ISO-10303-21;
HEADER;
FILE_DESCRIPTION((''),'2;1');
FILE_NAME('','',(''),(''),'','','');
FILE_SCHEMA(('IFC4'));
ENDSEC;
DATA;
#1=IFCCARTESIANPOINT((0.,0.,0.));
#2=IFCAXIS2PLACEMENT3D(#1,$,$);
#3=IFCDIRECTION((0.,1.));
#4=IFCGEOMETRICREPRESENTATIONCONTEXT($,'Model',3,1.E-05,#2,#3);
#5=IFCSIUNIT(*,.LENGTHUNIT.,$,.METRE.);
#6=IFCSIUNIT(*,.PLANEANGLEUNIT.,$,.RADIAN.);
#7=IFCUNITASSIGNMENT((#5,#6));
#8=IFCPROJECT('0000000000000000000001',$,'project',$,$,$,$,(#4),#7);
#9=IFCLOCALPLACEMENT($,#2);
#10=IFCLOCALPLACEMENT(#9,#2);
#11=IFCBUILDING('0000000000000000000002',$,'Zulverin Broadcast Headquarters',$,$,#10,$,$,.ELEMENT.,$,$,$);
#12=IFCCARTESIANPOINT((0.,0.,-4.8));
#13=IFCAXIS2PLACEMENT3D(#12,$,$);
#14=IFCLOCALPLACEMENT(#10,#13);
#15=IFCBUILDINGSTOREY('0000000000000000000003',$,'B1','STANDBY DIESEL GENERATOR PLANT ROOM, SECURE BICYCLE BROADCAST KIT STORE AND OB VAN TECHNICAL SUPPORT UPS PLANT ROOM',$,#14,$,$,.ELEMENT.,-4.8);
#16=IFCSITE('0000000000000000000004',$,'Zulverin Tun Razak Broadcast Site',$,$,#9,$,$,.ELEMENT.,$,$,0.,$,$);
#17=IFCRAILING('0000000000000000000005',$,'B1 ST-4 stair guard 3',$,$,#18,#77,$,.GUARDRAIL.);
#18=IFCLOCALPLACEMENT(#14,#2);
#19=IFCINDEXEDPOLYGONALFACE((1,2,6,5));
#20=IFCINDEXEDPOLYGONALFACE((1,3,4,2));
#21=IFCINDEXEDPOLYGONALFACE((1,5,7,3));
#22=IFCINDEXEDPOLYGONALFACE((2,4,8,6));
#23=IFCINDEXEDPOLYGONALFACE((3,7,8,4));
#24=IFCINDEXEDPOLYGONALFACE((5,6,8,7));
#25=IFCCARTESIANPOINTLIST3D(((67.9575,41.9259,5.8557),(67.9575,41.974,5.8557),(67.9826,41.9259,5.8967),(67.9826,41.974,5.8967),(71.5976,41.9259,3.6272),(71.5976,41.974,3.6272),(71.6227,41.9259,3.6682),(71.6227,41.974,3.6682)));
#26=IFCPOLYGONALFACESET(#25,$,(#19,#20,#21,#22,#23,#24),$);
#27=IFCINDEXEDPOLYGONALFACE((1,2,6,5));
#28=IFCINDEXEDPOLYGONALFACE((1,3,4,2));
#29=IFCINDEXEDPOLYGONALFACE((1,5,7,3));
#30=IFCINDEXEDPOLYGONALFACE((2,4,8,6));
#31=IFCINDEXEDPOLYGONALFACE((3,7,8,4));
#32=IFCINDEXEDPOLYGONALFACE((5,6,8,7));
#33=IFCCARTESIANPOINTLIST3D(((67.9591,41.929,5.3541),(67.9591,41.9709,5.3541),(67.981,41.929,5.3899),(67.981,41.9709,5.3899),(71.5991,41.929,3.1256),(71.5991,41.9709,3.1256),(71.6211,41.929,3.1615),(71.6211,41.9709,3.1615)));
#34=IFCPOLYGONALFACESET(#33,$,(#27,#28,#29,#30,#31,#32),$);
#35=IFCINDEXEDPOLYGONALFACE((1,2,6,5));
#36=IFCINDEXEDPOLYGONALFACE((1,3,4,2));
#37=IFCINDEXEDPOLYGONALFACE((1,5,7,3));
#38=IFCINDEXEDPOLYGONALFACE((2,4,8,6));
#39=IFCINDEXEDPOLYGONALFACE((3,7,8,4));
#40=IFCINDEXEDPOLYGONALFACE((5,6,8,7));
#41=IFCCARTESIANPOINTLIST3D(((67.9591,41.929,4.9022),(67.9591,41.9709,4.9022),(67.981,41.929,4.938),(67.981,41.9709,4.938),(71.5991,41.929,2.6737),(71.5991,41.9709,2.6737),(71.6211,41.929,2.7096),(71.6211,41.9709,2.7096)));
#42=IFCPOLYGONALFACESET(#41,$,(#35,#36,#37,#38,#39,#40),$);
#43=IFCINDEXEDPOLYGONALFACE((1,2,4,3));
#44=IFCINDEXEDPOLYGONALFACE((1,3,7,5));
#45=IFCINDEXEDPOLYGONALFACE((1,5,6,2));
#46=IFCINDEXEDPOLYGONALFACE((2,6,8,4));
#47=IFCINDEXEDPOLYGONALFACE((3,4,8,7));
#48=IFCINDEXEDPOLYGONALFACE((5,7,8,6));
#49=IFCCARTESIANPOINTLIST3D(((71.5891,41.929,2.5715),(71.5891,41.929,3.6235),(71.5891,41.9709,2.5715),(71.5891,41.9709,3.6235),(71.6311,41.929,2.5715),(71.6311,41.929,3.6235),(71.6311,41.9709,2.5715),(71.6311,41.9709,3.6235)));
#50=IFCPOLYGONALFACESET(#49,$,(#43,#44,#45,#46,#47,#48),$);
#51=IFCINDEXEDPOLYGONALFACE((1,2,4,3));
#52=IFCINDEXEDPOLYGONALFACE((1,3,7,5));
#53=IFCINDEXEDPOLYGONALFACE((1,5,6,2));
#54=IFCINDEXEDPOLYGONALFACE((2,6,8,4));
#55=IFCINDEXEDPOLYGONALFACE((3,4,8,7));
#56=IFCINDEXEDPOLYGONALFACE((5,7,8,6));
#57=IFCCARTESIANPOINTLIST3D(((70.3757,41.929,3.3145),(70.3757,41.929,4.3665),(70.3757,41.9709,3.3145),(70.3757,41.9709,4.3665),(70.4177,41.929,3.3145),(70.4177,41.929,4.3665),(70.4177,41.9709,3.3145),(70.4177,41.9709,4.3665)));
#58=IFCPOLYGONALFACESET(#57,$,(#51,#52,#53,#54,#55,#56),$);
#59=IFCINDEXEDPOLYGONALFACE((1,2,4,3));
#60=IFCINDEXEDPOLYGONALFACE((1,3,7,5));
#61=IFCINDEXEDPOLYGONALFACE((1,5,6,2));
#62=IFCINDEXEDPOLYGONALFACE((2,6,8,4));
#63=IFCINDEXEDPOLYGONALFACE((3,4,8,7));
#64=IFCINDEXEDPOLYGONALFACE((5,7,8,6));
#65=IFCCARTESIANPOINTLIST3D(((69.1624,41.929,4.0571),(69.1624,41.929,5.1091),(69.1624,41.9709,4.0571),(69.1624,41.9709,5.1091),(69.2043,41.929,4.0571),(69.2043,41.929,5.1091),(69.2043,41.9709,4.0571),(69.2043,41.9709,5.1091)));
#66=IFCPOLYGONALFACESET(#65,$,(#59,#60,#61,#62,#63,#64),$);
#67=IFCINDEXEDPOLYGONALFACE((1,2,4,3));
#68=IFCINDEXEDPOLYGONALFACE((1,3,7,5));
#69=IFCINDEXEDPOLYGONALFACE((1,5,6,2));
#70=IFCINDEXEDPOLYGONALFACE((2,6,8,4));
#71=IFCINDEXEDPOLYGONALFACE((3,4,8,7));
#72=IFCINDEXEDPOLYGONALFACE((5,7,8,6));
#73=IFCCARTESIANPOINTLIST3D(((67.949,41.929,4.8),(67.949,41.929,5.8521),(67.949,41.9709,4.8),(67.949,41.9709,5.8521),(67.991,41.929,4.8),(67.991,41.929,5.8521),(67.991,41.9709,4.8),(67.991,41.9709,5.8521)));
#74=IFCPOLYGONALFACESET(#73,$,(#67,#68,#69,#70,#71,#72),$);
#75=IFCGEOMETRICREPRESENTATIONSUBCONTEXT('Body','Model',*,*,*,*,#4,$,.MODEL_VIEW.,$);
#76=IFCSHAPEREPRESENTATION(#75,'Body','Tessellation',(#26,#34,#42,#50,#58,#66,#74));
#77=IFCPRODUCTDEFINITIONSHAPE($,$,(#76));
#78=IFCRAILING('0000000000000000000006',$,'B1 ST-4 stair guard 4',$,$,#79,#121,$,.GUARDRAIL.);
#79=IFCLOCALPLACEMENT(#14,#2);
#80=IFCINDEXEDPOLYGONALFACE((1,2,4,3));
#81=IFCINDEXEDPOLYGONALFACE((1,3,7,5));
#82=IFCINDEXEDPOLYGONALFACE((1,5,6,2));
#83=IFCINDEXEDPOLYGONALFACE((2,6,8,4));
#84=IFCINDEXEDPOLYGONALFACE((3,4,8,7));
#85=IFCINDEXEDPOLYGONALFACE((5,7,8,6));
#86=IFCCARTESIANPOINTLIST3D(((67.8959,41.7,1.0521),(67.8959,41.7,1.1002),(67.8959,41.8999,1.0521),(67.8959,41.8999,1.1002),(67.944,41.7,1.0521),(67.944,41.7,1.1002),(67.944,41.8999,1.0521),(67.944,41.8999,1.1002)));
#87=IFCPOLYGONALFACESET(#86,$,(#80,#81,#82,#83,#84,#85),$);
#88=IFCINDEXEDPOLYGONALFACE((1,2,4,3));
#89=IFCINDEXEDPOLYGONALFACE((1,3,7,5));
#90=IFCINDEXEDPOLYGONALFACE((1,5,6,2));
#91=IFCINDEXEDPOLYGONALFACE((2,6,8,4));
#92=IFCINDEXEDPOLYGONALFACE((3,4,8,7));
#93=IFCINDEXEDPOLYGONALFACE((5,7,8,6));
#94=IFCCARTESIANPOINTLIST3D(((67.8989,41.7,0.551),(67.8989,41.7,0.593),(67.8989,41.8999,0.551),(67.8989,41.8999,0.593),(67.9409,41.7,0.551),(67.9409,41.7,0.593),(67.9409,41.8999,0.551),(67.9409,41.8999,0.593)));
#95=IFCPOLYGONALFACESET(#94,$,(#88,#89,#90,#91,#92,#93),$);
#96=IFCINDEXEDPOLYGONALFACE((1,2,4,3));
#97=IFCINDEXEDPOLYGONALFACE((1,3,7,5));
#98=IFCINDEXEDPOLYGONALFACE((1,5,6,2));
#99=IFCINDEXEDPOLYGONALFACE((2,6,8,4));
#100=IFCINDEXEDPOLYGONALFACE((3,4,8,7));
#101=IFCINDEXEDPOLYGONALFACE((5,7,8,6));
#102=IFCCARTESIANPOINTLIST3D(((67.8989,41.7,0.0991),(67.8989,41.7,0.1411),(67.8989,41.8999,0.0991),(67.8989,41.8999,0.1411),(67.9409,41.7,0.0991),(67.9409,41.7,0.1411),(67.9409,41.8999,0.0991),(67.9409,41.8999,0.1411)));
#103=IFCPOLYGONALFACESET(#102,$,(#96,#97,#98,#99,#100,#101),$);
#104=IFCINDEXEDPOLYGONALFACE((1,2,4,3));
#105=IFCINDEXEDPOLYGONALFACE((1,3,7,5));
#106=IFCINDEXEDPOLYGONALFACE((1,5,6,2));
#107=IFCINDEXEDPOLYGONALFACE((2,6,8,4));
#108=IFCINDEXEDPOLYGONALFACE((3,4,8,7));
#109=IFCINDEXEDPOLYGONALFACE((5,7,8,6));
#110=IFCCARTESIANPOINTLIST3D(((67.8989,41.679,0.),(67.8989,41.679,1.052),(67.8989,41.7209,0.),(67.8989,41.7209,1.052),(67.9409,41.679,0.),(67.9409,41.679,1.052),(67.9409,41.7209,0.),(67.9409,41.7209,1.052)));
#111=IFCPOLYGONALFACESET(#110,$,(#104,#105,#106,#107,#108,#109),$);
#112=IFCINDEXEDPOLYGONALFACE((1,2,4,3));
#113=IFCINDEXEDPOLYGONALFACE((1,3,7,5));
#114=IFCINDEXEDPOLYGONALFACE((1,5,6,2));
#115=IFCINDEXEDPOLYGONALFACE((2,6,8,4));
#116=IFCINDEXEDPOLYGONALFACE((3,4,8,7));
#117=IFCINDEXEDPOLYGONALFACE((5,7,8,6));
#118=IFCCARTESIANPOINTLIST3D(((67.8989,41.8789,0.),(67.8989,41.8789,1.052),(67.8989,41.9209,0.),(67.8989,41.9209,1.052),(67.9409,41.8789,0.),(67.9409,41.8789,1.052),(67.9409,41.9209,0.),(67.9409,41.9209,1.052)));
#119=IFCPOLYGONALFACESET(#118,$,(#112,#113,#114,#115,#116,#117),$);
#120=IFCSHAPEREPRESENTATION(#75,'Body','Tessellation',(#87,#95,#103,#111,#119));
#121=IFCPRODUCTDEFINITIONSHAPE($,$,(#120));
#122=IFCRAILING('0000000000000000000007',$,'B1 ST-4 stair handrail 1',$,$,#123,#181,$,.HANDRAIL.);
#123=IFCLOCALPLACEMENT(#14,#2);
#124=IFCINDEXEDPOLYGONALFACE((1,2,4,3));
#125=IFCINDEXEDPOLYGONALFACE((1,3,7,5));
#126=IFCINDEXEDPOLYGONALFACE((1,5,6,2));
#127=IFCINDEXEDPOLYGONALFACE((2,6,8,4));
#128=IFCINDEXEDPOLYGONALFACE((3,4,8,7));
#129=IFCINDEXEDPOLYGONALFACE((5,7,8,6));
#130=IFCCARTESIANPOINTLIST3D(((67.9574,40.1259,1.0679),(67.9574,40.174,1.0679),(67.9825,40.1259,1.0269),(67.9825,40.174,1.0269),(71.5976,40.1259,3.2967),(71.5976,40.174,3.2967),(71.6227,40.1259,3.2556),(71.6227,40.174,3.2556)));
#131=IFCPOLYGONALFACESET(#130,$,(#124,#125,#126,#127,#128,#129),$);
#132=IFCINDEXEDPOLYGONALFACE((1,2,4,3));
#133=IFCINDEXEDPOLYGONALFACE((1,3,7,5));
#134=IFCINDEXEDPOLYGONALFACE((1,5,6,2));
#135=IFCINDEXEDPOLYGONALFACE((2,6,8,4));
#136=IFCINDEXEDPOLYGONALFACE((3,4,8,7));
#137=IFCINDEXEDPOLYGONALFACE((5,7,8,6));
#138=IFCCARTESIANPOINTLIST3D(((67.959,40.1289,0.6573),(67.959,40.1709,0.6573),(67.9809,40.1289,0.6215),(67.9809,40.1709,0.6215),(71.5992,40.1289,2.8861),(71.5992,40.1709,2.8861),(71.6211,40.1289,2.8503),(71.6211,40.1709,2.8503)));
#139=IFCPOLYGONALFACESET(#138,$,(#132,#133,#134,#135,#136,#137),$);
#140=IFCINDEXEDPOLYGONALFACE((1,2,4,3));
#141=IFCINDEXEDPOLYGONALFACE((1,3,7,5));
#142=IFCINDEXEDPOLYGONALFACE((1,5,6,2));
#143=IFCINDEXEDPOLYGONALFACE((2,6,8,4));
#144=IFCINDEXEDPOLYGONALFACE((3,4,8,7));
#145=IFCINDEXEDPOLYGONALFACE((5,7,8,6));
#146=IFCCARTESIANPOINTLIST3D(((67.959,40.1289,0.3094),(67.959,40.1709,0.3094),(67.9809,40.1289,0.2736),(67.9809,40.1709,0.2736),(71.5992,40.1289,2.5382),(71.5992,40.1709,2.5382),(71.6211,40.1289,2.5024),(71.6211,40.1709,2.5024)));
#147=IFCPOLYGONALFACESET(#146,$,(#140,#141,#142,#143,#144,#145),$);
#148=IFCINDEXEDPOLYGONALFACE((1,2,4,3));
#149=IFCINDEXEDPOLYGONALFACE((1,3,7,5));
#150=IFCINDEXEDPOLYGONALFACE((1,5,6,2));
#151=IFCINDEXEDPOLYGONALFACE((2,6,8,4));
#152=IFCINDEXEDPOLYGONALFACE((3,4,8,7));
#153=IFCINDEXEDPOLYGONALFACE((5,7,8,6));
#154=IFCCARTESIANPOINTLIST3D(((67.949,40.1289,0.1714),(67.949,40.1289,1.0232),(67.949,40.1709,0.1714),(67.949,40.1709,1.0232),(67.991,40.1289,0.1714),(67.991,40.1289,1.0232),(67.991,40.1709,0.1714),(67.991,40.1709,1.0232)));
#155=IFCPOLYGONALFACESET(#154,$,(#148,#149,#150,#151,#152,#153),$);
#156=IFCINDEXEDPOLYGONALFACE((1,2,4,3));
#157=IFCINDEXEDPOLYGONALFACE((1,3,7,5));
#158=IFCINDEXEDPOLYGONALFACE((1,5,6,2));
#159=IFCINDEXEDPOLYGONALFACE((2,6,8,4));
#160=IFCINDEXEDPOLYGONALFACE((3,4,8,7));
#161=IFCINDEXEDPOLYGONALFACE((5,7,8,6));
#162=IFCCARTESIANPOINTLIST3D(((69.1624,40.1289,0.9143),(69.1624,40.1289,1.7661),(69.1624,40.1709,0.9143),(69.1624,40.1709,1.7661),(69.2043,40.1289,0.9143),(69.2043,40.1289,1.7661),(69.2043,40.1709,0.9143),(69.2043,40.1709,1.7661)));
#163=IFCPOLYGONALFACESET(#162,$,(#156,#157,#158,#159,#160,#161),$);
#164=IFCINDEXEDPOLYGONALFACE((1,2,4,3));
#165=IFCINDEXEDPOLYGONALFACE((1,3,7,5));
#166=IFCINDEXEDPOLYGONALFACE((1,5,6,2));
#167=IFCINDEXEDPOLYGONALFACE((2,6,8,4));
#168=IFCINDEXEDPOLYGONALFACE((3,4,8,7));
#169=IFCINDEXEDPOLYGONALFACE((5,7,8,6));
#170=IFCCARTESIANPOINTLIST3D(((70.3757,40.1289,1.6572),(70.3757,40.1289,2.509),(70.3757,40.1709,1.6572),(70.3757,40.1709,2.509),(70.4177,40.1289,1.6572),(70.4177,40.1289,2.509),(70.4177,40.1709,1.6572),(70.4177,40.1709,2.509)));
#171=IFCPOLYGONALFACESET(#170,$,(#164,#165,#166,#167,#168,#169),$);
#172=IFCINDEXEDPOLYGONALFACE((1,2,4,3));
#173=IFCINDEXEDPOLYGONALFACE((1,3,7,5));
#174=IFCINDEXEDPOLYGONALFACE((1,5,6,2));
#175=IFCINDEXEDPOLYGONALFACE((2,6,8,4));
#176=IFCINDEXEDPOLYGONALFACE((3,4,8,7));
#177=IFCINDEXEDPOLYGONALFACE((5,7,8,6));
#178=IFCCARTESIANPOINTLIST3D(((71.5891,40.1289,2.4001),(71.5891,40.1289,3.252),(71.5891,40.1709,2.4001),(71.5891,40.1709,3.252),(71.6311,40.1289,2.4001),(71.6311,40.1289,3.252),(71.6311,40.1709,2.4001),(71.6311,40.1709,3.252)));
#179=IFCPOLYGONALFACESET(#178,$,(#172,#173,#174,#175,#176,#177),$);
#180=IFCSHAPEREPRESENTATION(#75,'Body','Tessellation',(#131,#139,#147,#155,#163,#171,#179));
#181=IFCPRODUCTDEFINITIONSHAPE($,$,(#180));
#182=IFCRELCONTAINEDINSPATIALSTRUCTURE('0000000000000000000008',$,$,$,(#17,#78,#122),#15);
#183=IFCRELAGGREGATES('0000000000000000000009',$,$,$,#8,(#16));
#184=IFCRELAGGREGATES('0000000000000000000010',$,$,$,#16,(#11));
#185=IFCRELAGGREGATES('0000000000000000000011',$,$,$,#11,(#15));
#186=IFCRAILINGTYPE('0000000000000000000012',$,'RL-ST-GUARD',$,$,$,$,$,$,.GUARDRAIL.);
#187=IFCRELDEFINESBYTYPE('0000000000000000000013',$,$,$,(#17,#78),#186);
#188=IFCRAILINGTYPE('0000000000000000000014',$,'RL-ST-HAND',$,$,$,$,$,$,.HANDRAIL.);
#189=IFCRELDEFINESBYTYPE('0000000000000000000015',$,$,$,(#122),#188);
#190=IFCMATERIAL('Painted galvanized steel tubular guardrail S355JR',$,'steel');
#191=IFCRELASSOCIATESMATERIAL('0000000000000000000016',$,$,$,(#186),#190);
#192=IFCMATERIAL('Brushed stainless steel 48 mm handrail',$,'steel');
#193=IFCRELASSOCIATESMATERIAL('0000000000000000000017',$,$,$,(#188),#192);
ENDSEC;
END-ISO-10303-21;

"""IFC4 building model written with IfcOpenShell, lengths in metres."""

from ifc_helpers import new_model, si_unit, direction, frame, origin, origin_2d, place, context, subcontext, project, spatial, rectangle, extrude, material, type_object, element, save


model = new_model("IFC4")

# Units and contexts
model_context = context("Model", 3, precision=1e-05, world=origin(), true_north=direction((0.0, 1.0)))
body_context = subcontext(model_context, "Body", "Model", "MODEL_VIEW")
ifc_project = project(units=[si_unit("LENGTHUNIT", "METRE"), si_unit("PLANEANGLEUNIT", "RADIAN")], contexts=[model_context])

# Site, building, storey
site_placement = place(None, origin())
site = spatial("IfcSite", under=ifc_project, at=site_placement, Name="Zulverin Tun Razak Broadcast Site", CompositionType="ELEMENT", RefElevation=0.0)
building_placement = place(site_placement, origin())
building = spatial("IfcBuilding", under=site, at=building_placement, Name="Zulverin Broadcast Headquarters", CompositionType="ELEMENT")
storey_placement = place(building_placement, frame((0.0, 0.0, -4.8)))
storey = spatial("IfcBuildingStorey", under=building, at=storey_placement, Name="B1", Description="STANDBY DIESEL GENERATOR PLANT ROOM, SECURE BICYCLE BROADCAST KIT STORE AND OB VAN TECHNICAL SUPPORT UPS PLANT ROOM", CompositionType="ELEMENT", Elevation=-4.8)

# Railings
ifc_material_1 = material(Name="Painted galvanized steel tubular guardrail S355JR", Category="steel")
railing_type_1 = type_object("IfcRailingType", Name="RL-ST-GUARD", PredefinedType="GUARDRAIL", material=ifc_material_1)
railing_1_placement = place(storey_placement, frame((71.6101, 41.95, 2.5715)))
element("IfcRailing", 1, at=railing_1_placement, inside=storey, type_object=railing_type_1, Name="B1 ST-4 stair guard 3", PredefinedType="GUARDRAIL", context=body_context, shape_type="SweptSolid", body=[
    extrude(rectangle(XDim=0.0481, YDim=0.0481, at=origin_2d()), frame((0.0, 0.0, 1.0762), z_axis=(-0.852866, 0.0, 0.52213), x_axis=(0.0, -1.0, 0.0)), (0.0, 0.0, 1.0), 4.2681),
    extrude(rectangle(XDim=0.042, YDim=0.042, at=origin_2d()), frame((0.0, 0.0, 0.572), z_axis=(-0.852866, 0.0, 0.52213), x_axis=(0.0, -1.0, 0.0)), (0.0, 0.0, 1.0), 4.2681),
    extrude(rectangle(XDim=0.042, YDim=0.042, at=origin_2d()), frame((0.0, 0.0, 0.1201), z_axis=(-0.852866, 0.0, 0.52213), x_axis=(0.0, -1.0, 0.0)), (0.0, 0.0, 1.0), 4.2681),
    extrude(rectangle(XDim=0.042, YDim=0.042, at=origin_2d()), origin(), (0.0, 0.0, 1.0), 1.052),
    extrude(rectangle(XDim=0.042, YDim=0.042, at=origin_2d()), frame((-1.2134, 0.0, 0.7429)), (0.0, 0.0, 1.0), 1.052),
    extrude(rectangle(XDim=0.042, YDim=0.042, at=origin_2d()), frame((-2.4268, 0.0, 1.4856)), (0.0, 0.0, 1.0), 1.052),
    extrude(rectangle(XDim=0.042, YDim=0.042, at=origin_2d()), frame((-3.6401, 0.0, 2.2285)), (0.0, 0.0, 1.0), 1.052),
])
railing_2_placement = place(storey_placement, frame((67.9199, 41.7, 0.0)))
element("IfcRailing", 2, at=railing_2_placement, inside=storey, type_object=railing_type_1, Name="B1 ST-4 stair guard 4", PredefinedType="GUARDRAIL", context=body_context, shape_type="SweptSolid", body=[
    extrude(rectangle(XDim=0.0481, YDim=0.0481, at=origin_2d()), frame((0.0, 0.0, 1.0762), z_axis=(0.0, 1.0, 0.0), x_axis=(-1.0, 0.0, 0.0)), (0.0, 0.0, 1.0), 0.2),
    extrude(rectangle(XDim=0.042, YDim=0.042, at=origin_2d()), frame((0.0, 0.0, 0.572), z_axis=(0.0, 1.0, 0.0), x_axis=(-1.0, 0.0, 0.0)), (0.0, 0.0, 1.0), 0.2),
    extrude(rectangle(XDim=0.042, YDim=0.042, at=origin_2d()), frame((0.0, 0.0, 0.1201), z_axis=(0.0, 1.0, 0.0), x_axis=(-1.0, 0.0, 0.0)), (0.0, 0.0, 1.0), 0.2),
    extrude(rectangle(XDim=0.042, YDim=0.042, at=origin_2d()), origin(), (0.0, 0.0, 1.0), 1.052),
    extrude(rectangle(XDim=0.042, YDim=0.042, at=origin_2d()), frame((0.0, 0.2, 0.0)), (0.0, 0.0, 1.0), 1.052),
])
ifc_material_2 = material(Name="Brushed stainless steel 48 mm handrail", Category="steel")
railing_type_2 = type_object("IfcRailingType", Name="RL-ST-HAND", PredefinedType="HANDRAIL", material=ifc_material_2)
railing_3_placement = place(storey_placement, frame((67.97, 40.1499, 0.1714)))
element("IfcRailing", 3, at=railing_3_placement, inside=storey, type_object=railing_type_2, Name="B1 ST-4 stair handrail 1", PredefinedType="HANDRAIL", context=body_context, shape_type="SweptSolid", body=[
    extrude(rectangle(XDim=0.0481, YDim=0.0481, at=origin_2d()), frame((0.0, 0.0, 0.876), z_axis=(0.85284, 0.0, 0.522172), x_axis=(0.0, 1.0, 0.0)), (0.0, 0.0, 1.0), 4.2683),
    extrude(rectangle(XDim=0.042, YDim=0.042, at=origin_2d()), frame((0.0, 0.0, 0.468), z_axis=(0.85284, 0.0, 0.522172), x_axis=(0.0, 1.0, 0.0)), (0.0, 0.0, 1.0), 4.2683),
    extrude(rectangle(XDim=0.042, YDim=0.042, at=origin_2d()), frame((0.0, 0.0, 0.1201), z_axis=(0.85284, 0.0, 0.522172), x_axis=(0.0, 1.0, 0.0)), (0.0, 0.0, 1.0), 4.2683),
    extrude(rectangle(XDim=0.042, YDim=0.042, at=origin_2d()), origin(), (0.0, 0.0, 1.0), 0.8518),
    extrude(rectangle(XDim=0.042, YDim=0.042, at=origin_2d()), frame((1.2134, 0.0, 0.7429)), (0.0, 0.0, 1.0), 0.8518),
    extrude(rectangle(XDim=0.042, YDim=0.042, at=origin_2d()), frame((2.4268, 0.0, 1.4858)), (0.0, 0.0, 1.0), 0.8518),
    extrude(rectangle(XDim=0.042, YDim=0.042, at=origin_2d()), frame((3.6401, 0.0, 2.2288)), (0.0, 0.0, 1.0), 0.8518),
])

save(model, "model.ifc")
